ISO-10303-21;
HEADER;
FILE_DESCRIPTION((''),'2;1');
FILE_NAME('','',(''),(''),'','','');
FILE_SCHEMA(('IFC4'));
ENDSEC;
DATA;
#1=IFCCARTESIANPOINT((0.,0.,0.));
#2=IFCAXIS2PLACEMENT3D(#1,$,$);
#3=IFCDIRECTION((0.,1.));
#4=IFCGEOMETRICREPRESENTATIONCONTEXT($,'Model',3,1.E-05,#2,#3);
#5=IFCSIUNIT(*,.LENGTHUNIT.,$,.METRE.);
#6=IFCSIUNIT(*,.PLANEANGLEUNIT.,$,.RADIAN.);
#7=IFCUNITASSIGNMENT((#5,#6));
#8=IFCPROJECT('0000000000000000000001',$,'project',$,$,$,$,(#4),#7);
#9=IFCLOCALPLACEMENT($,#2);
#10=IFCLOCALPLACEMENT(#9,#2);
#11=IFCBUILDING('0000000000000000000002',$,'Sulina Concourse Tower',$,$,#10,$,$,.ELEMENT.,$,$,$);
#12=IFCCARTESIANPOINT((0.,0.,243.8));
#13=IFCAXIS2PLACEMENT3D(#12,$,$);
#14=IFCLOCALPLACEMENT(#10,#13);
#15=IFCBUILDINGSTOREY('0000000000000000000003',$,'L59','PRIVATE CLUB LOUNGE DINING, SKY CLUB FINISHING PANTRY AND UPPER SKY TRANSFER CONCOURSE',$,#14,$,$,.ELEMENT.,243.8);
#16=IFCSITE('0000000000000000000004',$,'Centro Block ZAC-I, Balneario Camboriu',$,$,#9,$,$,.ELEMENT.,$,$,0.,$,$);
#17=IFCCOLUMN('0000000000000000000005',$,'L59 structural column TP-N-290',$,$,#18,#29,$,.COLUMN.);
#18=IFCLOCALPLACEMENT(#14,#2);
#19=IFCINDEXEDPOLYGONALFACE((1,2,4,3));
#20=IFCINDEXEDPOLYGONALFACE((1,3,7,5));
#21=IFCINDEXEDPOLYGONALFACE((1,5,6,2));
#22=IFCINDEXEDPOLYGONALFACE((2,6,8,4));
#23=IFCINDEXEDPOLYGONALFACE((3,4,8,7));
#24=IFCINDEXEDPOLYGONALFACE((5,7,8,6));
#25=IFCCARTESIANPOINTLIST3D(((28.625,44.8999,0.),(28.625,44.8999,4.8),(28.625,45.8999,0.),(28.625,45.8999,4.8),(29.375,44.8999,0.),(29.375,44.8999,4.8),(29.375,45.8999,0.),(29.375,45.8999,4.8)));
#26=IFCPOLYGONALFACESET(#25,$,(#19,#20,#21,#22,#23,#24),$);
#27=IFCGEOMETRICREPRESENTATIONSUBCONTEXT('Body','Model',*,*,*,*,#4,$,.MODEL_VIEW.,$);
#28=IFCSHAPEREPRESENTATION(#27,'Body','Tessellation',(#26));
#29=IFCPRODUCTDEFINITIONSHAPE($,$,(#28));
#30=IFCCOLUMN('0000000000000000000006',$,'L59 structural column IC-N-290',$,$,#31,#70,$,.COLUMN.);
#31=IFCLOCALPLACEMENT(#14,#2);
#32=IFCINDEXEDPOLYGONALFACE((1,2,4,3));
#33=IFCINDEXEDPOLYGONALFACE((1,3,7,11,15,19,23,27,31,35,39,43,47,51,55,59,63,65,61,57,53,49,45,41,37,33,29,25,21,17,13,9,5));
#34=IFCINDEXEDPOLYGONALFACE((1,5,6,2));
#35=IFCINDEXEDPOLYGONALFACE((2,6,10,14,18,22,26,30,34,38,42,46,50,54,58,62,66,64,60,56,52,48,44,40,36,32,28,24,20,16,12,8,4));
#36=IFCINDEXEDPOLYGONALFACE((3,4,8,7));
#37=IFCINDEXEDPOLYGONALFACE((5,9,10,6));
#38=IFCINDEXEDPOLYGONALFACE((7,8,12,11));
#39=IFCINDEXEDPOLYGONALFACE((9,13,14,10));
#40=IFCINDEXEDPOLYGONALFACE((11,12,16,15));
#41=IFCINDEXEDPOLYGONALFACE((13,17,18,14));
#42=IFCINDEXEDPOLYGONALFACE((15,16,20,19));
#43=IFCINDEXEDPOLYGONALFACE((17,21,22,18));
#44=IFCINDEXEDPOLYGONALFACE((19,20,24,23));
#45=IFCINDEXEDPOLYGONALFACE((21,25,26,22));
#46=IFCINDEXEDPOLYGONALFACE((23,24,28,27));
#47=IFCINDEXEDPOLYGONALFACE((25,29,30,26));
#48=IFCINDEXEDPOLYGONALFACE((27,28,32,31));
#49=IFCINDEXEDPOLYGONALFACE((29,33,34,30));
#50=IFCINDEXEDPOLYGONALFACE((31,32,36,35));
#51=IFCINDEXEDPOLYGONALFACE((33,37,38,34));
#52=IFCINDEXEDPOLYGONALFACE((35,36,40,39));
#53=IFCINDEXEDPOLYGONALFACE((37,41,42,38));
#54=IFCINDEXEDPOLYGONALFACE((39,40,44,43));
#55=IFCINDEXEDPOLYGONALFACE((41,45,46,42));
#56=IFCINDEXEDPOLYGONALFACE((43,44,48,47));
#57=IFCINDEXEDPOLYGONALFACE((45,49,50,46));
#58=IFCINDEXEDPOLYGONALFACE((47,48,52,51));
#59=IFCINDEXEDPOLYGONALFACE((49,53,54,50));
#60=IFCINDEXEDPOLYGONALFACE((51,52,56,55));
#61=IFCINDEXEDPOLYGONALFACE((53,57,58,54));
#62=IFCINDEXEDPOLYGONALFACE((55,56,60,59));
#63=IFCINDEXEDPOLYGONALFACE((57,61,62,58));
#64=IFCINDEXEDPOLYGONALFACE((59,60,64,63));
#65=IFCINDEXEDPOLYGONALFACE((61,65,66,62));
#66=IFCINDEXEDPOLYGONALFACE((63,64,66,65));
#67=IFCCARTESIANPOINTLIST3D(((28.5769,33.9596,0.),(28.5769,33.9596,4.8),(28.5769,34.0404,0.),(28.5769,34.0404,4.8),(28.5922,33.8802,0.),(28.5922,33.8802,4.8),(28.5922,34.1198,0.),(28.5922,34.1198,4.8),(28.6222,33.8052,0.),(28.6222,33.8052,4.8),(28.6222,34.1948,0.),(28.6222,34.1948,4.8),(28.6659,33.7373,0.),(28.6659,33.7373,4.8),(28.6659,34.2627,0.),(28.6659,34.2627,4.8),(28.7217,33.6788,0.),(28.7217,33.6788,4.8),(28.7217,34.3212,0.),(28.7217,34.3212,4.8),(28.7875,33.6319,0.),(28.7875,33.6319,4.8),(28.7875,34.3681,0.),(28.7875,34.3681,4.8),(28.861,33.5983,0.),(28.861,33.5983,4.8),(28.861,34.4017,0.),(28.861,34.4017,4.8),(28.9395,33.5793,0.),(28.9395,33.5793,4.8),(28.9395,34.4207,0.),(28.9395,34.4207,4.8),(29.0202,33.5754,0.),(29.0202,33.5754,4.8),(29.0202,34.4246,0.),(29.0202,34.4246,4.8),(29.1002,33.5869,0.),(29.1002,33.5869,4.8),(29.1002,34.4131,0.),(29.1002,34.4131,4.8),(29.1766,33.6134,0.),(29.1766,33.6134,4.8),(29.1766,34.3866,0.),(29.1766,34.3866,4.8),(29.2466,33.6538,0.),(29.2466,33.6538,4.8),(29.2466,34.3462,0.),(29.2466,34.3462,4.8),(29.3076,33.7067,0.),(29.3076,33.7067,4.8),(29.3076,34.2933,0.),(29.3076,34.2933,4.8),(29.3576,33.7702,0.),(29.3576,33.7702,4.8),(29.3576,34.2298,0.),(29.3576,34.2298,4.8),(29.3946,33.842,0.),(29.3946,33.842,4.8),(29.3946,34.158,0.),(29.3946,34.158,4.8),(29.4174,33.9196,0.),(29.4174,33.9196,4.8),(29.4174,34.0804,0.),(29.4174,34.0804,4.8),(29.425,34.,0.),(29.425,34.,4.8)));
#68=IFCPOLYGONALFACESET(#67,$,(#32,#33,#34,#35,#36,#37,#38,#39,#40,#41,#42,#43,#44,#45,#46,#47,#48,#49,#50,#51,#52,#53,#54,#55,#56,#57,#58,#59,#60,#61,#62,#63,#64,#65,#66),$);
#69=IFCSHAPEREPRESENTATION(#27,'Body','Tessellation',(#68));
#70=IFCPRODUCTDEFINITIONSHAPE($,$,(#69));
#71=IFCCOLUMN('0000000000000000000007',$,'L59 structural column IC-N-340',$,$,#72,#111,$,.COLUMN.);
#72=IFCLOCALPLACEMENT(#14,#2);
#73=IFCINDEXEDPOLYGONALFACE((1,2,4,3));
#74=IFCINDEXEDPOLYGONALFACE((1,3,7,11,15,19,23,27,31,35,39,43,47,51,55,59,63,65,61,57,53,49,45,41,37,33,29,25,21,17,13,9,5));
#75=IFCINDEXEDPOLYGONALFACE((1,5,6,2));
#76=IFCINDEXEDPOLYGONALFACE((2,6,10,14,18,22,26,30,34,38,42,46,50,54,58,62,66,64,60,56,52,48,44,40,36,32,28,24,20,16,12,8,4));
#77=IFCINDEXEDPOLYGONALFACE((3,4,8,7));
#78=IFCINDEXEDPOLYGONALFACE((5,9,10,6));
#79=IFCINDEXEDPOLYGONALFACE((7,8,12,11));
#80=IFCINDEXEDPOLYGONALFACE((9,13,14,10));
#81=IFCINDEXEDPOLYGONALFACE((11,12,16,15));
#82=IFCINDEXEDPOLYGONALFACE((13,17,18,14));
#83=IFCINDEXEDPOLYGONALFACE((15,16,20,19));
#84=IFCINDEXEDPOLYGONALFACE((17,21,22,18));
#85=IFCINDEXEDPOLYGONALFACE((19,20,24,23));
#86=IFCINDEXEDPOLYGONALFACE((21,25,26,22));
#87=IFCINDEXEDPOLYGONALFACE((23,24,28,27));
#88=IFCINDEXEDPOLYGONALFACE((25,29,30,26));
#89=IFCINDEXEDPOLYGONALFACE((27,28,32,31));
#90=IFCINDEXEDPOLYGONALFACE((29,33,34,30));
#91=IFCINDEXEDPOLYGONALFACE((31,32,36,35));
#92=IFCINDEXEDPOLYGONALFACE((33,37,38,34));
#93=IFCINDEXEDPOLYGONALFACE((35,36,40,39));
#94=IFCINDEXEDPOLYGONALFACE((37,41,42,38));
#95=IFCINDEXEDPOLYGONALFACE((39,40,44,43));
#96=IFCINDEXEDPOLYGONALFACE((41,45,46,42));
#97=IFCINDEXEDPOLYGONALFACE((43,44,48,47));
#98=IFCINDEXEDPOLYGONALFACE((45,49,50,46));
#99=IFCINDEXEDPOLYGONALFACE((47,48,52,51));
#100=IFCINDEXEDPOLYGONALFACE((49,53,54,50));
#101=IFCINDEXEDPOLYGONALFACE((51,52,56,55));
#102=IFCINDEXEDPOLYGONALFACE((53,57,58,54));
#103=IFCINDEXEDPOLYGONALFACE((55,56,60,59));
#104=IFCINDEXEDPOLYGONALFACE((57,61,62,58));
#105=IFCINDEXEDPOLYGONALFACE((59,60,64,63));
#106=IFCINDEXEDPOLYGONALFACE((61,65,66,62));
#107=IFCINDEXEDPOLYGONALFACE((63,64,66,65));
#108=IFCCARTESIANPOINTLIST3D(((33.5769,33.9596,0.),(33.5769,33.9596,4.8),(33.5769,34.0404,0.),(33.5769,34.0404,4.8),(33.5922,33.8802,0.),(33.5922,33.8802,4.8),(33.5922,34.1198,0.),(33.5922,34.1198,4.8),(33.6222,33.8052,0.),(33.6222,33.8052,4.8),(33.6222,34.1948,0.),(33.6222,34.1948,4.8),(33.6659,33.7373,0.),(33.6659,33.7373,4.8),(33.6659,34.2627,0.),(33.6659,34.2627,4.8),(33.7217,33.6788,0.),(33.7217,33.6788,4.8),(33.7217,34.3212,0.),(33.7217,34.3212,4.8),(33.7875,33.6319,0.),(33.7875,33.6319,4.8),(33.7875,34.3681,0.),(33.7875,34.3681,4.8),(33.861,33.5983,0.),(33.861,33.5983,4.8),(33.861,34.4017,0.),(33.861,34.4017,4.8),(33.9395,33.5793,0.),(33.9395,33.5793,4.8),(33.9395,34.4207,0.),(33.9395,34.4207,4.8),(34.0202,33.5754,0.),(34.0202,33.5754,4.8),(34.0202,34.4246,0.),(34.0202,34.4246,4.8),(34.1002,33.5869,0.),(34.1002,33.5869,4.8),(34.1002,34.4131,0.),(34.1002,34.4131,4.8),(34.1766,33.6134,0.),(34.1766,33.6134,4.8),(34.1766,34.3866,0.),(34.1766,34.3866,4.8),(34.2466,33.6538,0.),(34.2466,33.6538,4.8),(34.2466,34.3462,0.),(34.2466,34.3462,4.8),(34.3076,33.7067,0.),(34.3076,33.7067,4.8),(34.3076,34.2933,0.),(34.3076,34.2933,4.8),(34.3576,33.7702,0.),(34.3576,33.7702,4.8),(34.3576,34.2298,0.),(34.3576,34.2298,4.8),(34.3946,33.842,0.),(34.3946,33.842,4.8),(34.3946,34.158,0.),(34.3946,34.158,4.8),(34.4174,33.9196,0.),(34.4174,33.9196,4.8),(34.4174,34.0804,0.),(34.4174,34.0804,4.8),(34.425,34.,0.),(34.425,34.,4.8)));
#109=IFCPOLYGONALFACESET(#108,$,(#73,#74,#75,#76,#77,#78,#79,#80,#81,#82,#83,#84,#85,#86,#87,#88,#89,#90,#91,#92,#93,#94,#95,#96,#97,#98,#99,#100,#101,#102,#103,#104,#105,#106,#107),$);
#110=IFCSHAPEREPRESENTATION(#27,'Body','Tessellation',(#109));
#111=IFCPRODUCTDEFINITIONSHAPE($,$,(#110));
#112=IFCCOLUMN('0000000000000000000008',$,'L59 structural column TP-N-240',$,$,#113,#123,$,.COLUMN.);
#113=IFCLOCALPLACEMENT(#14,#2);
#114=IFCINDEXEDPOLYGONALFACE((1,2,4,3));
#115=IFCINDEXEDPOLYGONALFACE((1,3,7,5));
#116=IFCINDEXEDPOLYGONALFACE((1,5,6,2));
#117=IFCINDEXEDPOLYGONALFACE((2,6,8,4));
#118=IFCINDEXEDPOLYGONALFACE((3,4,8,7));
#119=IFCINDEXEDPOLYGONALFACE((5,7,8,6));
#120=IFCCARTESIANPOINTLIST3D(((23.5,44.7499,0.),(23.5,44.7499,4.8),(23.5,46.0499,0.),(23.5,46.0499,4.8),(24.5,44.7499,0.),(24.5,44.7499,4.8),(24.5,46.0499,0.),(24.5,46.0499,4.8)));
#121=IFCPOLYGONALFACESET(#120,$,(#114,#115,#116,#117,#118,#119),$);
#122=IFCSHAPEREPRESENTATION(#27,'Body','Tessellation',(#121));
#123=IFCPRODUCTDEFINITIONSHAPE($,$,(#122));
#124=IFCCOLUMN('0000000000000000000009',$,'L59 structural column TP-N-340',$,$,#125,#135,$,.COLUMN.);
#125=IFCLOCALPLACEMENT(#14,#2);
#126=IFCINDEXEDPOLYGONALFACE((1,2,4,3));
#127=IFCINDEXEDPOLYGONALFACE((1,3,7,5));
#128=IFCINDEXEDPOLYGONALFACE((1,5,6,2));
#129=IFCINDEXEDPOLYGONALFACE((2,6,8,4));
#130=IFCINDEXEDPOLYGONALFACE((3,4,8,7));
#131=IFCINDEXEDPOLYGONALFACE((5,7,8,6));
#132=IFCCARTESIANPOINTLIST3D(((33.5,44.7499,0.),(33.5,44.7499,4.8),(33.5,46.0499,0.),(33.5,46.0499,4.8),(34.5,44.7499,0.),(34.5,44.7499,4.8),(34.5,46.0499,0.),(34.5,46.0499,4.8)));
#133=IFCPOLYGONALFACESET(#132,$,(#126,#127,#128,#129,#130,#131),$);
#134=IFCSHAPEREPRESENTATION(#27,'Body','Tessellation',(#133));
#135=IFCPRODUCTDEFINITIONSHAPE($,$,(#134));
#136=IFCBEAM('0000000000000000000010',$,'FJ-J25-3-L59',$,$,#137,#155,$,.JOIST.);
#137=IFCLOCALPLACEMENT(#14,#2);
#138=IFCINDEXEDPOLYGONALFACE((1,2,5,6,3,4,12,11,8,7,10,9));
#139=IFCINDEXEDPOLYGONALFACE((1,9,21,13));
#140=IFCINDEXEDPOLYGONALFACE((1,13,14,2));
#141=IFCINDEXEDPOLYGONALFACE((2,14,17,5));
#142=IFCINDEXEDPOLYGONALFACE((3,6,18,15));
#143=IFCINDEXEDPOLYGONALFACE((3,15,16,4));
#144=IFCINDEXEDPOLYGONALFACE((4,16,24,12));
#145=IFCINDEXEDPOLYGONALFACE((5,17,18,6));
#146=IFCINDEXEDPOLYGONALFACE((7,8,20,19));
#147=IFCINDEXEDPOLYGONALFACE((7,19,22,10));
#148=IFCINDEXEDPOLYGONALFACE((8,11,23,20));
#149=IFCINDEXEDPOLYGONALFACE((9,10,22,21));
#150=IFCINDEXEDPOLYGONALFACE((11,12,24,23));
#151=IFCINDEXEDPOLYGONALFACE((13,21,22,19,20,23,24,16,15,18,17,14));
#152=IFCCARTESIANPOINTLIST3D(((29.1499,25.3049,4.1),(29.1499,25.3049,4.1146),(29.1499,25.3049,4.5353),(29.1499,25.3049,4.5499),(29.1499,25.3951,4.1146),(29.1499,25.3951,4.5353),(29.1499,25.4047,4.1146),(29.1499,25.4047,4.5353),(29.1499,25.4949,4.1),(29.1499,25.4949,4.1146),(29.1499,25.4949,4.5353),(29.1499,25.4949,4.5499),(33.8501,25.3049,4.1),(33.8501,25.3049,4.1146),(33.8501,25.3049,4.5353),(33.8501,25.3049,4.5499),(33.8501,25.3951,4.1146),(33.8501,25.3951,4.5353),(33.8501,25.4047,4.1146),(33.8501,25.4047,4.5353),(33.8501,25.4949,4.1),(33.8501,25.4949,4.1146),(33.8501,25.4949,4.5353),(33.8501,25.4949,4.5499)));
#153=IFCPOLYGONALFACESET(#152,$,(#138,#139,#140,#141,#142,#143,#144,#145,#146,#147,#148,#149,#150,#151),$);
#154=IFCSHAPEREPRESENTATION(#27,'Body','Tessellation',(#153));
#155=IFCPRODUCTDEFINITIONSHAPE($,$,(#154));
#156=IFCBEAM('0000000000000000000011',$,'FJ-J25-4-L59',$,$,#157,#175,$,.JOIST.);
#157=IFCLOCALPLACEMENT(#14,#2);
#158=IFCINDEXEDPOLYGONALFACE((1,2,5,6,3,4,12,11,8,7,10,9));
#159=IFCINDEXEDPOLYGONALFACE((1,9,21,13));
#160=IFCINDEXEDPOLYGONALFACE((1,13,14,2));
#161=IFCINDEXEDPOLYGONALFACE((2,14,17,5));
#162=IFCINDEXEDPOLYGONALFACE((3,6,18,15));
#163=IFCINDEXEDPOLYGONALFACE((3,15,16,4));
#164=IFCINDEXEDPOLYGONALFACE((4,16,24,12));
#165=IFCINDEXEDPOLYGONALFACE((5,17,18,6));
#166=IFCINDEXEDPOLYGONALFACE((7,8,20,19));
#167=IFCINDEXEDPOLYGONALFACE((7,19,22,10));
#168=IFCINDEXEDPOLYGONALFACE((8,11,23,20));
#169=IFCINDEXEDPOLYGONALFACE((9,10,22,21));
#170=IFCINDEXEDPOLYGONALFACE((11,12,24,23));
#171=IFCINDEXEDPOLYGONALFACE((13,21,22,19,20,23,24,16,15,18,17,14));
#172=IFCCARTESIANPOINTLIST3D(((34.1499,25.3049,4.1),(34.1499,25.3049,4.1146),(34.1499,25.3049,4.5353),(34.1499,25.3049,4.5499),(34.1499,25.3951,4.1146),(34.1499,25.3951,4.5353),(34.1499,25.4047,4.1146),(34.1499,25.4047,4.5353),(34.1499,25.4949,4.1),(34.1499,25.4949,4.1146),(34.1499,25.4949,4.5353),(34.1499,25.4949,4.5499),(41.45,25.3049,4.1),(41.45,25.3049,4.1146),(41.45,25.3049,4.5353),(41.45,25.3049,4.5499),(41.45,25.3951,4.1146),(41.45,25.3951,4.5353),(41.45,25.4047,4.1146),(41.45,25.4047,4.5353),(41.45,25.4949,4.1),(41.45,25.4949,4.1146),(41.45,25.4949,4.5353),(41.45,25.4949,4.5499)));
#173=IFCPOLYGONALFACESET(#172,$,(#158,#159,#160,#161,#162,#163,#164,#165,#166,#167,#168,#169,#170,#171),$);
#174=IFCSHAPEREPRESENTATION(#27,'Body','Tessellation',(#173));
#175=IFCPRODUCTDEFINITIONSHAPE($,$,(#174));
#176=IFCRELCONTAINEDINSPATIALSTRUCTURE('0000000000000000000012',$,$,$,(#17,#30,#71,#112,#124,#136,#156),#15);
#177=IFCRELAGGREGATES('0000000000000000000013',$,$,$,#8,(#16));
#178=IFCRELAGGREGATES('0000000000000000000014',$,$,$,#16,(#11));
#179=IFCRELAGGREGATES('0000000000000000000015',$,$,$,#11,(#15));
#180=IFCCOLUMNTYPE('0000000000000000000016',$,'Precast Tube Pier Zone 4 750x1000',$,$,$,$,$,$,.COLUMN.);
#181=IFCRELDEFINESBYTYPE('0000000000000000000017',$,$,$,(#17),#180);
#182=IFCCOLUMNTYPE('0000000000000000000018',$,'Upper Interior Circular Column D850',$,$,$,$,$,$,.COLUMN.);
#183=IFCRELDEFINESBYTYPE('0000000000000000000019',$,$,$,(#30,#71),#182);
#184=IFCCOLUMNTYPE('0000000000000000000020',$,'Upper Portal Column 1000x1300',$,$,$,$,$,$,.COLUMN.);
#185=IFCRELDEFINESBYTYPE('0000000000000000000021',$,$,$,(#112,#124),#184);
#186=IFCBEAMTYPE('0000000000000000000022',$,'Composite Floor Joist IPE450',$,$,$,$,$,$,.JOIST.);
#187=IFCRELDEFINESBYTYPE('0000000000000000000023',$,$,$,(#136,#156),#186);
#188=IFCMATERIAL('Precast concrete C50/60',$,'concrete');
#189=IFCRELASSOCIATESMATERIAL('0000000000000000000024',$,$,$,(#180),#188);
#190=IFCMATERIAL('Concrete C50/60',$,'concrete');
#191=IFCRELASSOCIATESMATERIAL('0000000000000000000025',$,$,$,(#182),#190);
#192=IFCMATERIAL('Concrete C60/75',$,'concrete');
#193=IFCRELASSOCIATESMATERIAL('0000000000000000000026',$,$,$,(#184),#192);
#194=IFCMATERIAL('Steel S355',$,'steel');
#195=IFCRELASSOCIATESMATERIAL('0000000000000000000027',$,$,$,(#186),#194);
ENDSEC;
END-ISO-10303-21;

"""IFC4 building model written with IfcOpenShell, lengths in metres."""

from ifc_helpers import new_model, si_unit, direction, frame, origin, origin_2d, place, context, subcontext, project, spatial, rectangle, circle, i_section, extrude, material, material_profile, profile_set, type_object, element, save


model = new_model("IFC4")

# Units and contexts
model_context = context("Model", 3, precision=1e-05, world=origin(), true_north=direction((0.0, 1.0)))
body_context = subcontext(model_context, "Body", "Model", "MODEL_VIEW")
ifc_project = project(units=[si_unit("LENGTHUNIT", "METRE"), si_unit("PLANEANGLEUNIT", "RADIAN")], contexts=[model_context])

# Site, building, storey
site_placement = place(None, origin())
site = spatial("IfcSite", under=ifc_project, at=site_placement, Name="Centro Block ZAC-I, Balneario Camboriu", CompositionType="ELEMENT", RefElevation=0.0)
building_placement = place(site_placement, origin())
building = spatial("IfcBuilding", under=site, at=building_placement, Name="Sulina Concourse Tower", CompositionType="ELEMENT")
storey_placement = place(building_placement, frame((0.0, 0.0, 243.8)))
storey = spatial("IfcBuildingStorey", under=building, at=storey_placement, Name="L59", Description="PRIVATE CLUB LOUNGE DINING, SKY CLUB FINISHING PANTRY AND UPPER SKY TRANSFER CONCOURSE", CompositionType="ELEMENT", Elevation=243.8)

# Columns
ifc_material_1 = material(Name="Precast concrete C50/60", Category="concrete")
ifc_material_profile_1 = material_profile(ifc_material_1, rectangle(XDim=0.75, YDim=1.0, at=origin_2d()), Name="PC 750x1000")
ifc_profile_set_1 = profile_set([ifc_material_profile_1], Name="Precast concrete C50/60")
column_type_1 = type_object("IfcColumnType", Name="Precast Tube Pier Zone 4 750x1000", PredefinedType="COLUMN", material=ifc_profile_set_1)
column_placement = place(storey_placement, frame((29.0, 45.3999, 0.0), z_axis=(0.0, 0.0, 1.0), x_axis=(1.0, 0.0, 0.0)))
element("IfcColumn", 1, at=column_placement, inside=storey, type_object=column_type_1, Name="L59 structural column TP-N-290", PredefinedType="COLUMN", context=body_context, shape_type="SweptSolid", body=[
    extrude(rectangle(XDim=0.75, YDim=1.0, at=origin_2d()), origin(), (0.0, 0.0, 1.0), 4.8),
])
ifc_material_2 = material(Name="Concrete C50/60", Category="concrete")
ifc_material_profile_2 = material_profile(ifc_material_2, circle(Radius=0.425, at=origin_2d()), Name="RC D850")
ifc_profile_set_2 = profile_set([ifc_material_profile_2], Name="Concrete C50/60")
column_type_2 = type_object("IfcColumnType", Name="Upper Interior Circular Column D850", PredefinedType="COLUMN", material=ifc_profile_set_2)
for number, where, z_axis, x_axis, name in (
    (2, (29.0, 34.0, 0.0), (0.0, 0.0, 1.0), (1.0, 0.0, 0.0), "L59 structural column IC-N-290"),
    (3, (34.0, 34.0, 0.0), (0.0, 0.0, 1.0), (1.0, 0.0, 0.0), "L59 structural column IC-N-340"),
):
    element("IfcColumn", number, at=place(storey_placement, frame(where, z_axis=z_axis, x_axis=x_axis)), inside=storey, type_object=column_type_2, Name=name, PredefinedType="COLUMN", context=body_context, shape_type="SweptSolid", body=[
        extrude(circle(Radius=0.425, at=origin_2d()), origin(), (0.0, 0.0, 1.0), 4.8),
    ])
ifc_material_3 = material(Name="Concrete C60/75", Category="concrete")
ifc_material_profile_3 = material_profile(ifc_material_3, rectangle(XDim=1.0, YDim=1.3, at=origin_2d()), Name="RC 1000x1300")
ifc_profile_set_3 = profile_set([ifc_material_profile_3], Name="Concrete C60/75")
column_type_3 = type_object("IfcColumnType", Name="Upper Portal Column 1000x1300", PredefinedType="COLUMN", material=ifc_profile_set_3)
for number, where, z_axis, x_axis, name in (
    (4, (24.0, 45.3999, 0.0), (0.0, 0.0, 1.0), (1.0, 0.0, 0.0), "L59 structural column TP-N-240"),
    (5, (34.0, 45.3999, 0.0), (0.0, 0.0, 1.0), (1.0, 0.0, 0.0), "L59 structural column TP-N-340"),
):
    element("IfcColumn", number, at=place(storey_placement, frame(where, z_axis=z_axis, x_axis=x_axis)), inside=storey, type_object=column_type_3, Name=name, PredefinedType="COLUMN", context=body_context, shape_type="SweptSolid", body=[
        extrude(rectangle(XDim=1.0, YDim=1.3, at=origin_2d()), origin(), (0.0, 0.0, 1.0), 4.8),
    ])

# Beams
ifc_material_4 = material(Name="Steel S355", Category="steel")
ifc_material_profile_4 = material_profile(ifc_material_4, i_section(OverallWidth=0.1899, OverallDepth=0.45, WebThickness=0.0095, FlangeThickness=0.0146, at=origin_2d()), Name="IPE 450")
ifc_profile_set_4 = profile_set([ifc_material_profile_4], Name="Steel S355")
beam_type_1 = type_object("IfcBeamType", Name="Composite Floor Joist IPE450", PredefinedType="JOIST", material=ifc_profile_set_4)
beam_1_placement = place(storey_placement, frame((29.1499, 25.3999, 4.325), z_axis=(1.0, 0.0, 0.0), x_axis=(0.0, 1.0, 0.0)))
element("IfcBeam", 6, at=beam_1_placement, inside=storey, type_object=beam_type_1, Name="FJ-J25-3-L59", PredefinedType="JOIST", context=body_context, shape_type="SweptSolid", body=[
    extrude(i_section(OverallWidth=0.1899, OverallDepth=0.45, WebThickness=0.0095, FlangeThickness=0.0146, at=origin_2d()), origin(), (0.0, 0.0, 1.0), 4.7002),
])
beam_2_placement = place(storey_placement, frame((34.1499, 25.3999, 4.325), z_axis=(1.0, 0.0, 0.0), x_axis=(0.0, 1.0, 0.0)))
element("IfcBeam", 7, at=beam_2_placement, inside=storey, type_object=beam_type_1, Name="FJ-J25-4-L59", PredefinedType="JOIST", context=body_context, shape_type="SweptSolid", body=[
    extrude(i_section(OverallWidth=0.1899, OverallDepth=0.45, WebThickness=0.0095, FlangeThickness=0.0146, at=origin_2d()), origin(), (0.0, 0.0, 1.0), 7.3),
])

save(model, "model.ifc")
